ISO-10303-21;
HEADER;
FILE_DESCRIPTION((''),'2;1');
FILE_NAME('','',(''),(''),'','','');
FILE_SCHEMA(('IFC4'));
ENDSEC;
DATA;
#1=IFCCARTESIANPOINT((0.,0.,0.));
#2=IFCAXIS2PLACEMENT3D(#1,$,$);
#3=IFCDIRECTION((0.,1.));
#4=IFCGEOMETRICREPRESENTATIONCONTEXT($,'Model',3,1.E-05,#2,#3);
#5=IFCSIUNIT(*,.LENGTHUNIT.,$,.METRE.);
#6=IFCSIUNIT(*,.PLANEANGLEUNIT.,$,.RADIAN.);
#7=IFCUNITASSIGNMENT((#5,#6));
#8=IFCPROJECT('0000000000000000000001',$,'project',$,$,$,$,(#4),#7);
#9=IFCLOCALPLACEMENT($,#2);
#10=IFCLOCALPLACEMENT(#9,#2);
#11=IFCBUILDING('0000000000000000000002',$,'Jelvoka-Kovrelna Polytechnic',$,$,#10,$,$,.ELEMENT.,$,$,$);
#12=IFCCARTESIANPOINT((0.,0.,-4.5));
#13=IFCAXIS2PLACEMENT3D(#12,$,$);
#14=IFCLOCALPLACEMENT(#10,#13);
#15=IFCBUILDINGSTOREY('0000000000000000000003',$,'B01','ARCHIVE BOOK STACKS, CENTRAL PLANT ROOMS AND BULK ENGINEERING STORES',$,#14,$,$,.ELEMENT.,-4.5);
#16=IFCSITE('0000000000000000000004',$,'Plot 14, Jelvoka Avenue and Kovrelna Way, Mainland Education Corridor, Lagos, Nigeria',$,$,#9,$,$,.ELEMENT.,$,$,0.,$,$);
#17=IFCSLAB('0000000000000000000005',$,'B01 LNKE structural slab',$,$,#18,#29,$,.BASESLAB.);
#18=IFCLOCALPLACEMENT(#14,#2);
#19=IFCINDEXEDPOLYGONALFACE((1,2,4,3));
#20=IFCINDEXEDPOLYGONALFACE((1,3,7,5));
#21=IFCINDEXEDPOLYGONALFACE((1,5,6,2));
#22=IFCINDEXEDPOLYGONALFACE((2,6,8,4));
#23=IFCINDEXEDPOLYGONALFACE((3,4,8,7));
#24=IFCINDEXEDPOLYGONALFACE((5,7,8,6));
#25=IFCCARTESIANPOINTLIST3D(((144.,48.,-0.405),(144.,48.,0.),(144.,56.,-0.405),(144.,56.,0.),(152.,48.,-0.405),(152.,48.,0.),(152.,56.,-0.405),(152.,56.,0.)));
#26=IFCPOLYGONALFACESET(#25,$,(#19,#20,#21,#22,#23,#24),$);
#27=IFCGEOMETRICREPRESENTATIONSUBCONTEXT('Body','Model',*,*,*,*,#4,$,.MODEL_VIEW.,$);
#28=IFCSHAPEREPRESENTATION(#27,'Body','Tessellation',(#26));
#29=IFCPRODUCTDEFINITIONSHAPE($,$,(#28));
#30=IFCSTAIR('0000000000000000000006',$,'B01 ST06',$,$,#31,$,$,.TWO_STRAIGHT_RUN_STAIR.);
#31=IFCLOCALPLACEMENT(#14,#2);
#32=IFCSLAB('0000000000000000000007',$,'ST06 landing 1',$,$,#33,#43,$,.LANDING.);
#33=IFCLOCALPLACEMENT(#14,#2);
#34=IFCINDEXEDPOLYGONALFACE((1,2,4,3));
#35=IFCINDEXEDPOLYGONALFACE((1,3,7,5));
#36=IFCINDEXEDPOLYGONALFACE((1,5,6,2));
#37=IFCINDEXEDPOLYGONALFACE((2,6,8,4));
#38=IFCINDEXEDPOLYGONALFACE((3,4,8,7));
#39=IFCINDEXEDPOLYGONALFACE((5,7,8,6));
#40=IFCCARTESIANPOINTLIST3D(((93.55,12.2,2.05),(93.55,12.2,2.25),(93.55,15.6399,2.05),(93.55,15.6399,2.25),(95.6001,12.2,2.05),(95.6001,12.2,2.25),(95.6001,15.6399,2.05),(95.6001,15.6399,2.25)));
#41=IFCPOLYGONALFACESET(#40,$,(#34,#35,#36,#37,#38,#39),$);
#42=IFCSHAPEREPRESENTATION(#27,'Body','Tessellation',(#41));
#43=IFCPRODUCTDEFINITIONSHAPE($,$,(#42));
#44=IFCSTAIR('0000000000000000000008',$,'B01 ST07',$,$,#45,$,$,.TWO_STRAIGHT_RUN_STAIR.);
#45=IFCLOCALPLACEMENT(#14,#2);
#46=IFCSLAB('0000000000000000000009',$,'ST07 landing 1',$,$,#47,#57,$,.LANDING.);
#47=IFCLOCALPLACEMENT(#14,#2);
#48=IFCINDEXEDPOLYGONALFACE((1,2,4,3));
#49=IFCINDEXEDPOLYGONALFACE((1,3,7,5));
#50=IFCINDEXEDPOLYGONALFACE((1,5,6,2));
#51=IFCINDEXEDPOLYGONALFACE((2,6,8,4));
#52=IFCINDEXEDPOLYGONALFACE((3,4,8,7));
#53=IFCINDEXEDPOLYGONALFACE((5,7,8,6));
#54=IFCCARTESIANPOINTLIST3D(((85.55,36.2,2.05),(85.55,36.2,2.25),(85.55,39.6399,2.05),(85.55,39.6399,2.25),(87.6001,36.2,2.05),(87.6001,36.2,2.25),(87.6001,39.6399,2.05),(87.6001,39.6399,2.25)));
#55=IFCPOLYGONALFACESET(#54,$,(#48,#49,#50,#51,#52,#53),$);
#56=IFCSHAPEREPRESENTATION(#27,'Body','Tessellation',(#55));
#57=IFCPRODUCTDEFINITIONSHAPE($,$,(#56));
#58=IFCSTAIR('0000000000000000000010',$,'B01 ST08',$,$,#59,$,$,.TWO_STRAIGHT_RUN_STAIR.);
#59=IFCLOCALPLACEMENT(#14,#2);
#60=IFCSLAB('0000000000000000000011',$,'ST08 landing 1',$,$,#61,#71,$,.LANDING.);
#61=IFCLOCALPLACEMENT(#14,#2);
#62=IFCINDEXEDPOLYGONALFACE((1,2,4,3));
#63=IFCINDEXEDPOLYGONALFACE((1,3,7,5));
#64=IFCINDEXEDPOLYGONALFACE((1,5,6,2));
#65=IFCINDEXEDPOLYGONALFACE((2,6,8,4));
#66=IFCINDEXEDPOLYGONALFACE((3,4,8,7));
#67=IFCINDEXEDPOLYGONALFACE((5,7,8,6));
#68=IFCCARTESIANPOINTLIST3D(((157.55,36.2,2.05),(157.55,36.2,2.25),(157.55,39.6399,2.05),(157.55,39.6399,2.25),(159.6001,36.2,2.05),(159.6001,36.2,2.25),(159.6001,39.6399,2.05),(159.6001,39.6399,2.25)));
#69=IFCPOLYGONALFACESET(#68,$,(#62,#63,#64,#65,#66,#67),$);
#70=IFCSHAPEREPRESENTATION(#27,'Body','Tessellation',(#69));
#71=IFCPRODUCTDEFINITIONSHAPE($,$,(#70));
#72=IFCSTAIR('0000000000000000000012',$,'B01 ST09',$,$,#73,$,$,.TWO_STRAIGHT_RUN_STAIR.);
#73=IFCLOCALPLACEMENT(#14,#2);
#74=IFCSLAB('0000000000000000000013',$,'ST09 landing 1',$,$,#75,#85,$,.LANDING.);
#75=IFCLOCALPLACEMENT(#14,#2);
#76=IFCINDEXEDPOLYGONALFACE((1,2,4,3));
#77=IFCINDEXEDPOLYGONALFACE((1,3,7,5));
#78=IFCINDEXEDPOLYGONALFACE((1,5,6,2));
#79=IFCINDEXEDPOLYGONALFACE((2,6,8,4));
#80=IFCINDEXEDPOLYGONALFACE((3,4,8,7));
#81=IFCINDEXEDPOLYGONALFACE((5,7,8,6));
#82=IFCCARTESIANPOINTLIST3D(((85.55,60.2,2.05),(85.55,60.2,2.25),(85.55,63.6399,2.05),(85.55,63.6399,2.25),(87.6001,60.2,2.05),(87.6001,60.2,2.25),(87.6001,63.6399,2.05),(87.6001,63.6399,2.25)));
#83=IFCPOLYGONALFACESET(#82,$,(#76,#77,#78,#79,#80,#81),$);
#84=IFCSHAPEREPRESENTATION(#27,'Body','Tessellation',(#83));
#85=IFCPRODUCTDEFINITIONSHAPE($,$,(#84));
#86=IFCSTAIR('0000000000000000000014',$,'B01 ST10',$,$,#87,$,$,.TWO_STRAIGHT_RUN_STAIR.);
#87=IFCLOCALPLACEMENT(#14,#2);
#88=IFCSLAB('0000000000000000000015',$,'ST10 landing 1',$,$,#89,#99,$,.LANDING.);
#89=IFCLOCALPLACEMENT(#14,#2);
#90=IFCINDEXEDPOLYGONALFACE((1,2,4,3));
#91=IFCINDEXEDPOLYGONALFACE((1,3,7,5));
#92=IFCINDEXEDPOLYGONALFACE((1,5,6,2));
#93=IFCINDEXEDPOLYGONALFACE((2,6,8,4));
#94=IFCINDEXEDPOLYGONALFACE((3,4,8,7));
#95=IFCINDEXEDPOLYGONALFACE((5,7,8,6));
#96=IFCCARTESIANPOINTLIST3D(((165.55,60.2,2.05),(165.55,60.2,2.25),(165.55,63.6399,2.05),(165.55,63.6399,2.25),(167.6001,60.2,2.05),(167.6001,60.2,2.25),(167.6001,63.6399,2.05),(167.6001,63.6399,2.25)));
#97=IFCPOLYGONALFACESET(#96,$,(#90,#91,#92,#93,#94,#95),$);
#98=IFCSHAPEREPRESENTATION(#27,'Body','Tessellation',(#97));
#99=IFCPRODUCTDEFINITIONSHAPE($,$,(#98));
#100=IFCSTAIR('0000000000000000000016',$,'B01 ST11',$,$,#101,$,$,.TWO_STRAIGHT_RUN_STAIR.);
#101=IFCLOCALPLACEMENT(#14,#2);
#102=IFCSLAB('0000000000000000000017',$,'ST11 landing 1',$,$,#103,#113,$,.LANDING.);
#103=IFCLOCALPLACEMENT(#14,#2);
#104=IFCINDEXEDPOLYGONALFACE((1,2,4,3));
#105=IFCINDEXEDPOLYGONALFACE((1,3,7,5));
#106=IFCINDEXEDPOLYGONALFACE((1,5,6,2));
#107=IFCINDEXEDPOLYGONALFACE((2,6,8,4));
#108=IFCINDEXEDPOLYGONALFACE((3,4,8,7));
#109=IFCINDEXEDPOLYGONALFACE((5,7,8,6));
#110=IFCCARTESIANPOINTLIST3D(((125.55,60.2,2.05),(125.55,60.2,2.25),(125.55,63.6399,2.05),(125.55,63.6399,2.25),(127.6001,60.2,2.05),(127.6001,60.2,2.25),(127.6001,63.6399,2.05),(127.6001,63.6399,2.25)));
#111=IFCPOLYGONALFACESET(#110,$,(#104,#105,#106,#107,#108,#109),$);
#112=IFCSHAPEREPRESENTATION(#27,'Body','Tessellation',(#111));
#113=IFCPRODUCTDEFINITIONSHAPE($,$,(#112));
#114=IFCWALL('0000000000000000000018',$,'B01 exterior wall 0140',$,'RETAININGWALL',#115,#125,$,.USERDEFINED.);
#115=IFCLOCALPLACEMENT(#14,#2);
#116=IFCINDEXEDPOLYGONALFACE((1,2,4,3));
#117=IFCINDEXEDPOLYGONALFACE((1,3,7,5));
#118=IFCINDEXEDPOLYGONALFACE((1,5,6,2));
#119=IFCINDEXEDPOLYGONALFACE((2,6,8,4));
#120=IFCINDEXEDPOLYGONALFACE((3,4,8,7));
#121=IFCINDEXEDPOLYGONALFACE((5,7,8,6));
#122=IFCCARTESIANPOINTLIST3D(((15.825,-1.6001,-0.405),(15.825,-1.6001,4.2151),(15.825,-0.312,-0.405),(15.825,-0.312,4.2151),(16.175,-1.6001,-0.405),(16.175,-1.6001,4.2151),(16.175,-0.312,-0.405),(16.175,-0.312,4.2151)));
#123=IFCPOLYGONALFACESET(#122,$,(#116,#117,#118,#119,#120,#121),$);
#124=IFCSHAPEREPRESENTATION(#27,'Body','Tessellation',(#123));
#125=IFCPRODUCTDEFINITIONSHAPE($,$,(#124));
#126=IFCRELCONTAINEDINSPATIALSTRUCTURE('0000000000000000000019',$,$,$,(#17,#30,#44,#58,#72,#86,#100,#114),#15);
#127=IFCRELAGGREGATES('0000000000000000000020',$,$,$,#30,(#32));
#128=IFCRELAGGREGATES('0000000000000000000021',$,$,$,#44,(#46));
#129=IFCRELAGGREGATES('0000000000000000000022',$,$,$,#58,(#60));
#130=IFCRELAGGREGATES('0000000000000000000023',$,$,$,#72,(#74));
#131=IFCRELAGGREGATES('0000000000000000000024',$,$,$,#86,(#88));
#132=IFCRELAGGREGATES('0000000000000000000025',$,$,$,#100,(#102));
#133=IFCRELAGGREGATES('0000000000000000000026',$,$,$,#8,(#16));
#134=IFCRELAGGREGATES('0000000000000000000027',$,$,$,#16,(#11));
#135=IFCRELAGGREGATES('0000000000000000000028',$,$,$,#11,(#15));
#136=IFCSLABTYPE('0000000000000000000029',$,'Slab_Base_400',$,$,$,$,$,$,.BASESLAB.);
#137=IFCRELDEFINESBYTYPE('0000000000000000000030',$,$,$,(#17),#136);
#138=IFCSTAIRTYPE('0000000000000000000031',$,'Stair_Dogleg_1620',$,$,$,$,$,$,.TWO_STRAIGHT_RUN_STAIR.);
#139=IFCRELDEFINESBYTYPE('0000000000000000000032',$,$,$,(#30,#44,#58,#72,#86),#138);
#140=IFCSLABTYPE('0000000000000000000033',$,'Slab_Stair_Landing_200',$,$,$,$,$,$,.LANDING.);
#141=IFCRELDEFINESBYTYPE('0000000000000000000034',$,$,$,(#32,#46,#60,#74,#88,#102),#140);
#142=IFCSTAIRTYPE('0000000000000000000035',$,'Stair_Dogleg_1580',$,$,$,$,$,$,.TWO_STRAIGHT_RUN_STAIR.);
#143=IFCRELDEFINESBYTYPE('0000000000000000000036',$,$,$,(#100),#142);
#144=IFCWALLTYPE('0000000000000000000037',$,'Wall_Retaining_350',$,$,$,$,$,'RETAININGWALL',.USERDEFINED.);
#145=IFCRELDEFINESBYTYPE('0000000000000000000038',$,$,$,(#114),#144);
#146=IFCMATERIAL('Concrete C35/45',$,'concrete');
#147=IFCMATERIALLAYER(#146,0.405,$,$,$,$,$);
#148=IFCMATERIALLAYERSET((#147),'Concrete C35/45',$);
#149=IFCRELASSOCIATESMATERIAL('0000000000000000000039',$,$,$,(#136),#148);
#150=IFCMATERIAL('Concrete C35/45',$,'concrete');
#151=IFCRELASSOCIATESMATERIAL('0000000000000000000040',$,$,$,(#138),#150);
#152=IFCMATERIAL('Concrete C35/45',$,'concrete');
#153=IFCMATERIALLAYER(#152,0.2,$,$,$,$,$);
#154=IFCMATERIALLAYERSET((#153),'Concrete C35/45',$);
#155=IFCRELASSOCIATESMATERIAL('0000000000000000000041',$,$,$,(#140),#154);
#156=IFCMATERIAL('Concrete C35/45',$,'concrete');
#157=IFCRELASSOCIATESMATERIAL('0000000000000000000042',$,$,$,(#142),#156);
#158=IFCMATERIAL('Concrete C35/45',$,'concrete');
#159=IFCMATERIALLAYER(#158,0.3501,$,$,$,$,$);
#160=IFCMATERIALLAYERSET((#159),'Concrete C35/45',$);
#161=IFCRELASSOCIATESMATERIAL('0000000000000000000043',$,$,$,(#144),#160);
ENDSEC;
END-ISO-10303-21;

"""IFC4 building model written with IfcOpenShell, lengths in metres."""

from ifc_helpers import new_model, si_unit, direction, frame, frame_2d, origin, place, context, subcontext, project, spatial, polyline, rectangle, outline, extrude, material, layer, layer_set, type_object, element, aggregate, save


model = new_model("IFC4")

# Units and contexts
model_context = context("Model", 3, precision=1e-05, world=origin(), true_north=direction((0.0, 1.0)))
body_context = subcontext(model_context, "Body", "Model", "MODEL_VIEW")
ifc_project = project(units=[si_unit("LENGTHUNIT", "METRE"), si_unit("PLANEANGLEUNIT", "RADIAN")], contexts=[model_context])

# Site, building, storey
site_placement = place(None, origin())
site = spatial("IfcSite", under=ifc_project, at=site_placement, Name="Plot 14, Jelvoka Avenue and Kovrelna Way, Mainland Education Corridor, Lagos, Nigeria", CompositionType="ELEMENT", RefElevation=0.0)
building_placement = place(site_placement, origin())
building = spatial("IfcBuilding", under=site, at=building_placement, Name="Jelvoka-Kovrelna Polytechnic", CompositionType="ELEMENT")
storey_placement = place(building_placement, frame((0.0, 0.0, -4.5)))
storey = spatial("IfcBuildingStorey", under=building, at=storey_placement, Name="B01", Description="ARCHIVE BOOK STACKS, CENTRAL PLANT ROOMS AND BULK ENGINEERING STORES", CompositionType="ELEMENT", Elevation=-4.5)

# Slab
ifc_material_1 = material(Name="Concrete C35/45", Category="concrete")
ifc_layer_1 = layer(ifc_material_1, 0.405)
ifc_layer_set_1 = layer_set([ifc_layer_1], Name="Concrete C35/45")
slab_type_1 = type_object("IfcSlabType", Name="Slab_Base_400", PredefinedType="BASESLAB", material=ifc_layer_set_1)
slab_1_placement = place(storey_placement, frame((0.0, 0.0, -0.405)))
element("IfcSlab", 1, at=slab_1_placement, inside=storey, type_object=slab_type_1, Name="B01 LNKE structural slab", PredefinedType="BASESLAB", context=body_context, shape_type="SweptSolid", body=[
    extrude(outline(polyline([(144.0, 48.0), (152.0, 48.0), (152.0, 56.0), (144.0, 56.0), (144.0, 48.0)])), origin(), (0.0, 0.0, 1.0), 0.405),
])

# Stairs, slabs
ifc_material_2 = material(Name="Concrete C35/45", Category="concrete")
stair_type_1 = type_object("IfcStairType", Name="Stair_Dogleg_1620", PredefinedType="TWO_STRAIGHT_RUN_STAIR", material=ifc_material_2)
stair_1_placement = place(storey_placement, origin())
stair_1 = element("IfcStair", 2, at=stair_1_placement, inside=storey, type_object=stair_type_1, Name="B01 ST06", PredefinedType="TWO_STRAIGHT_RUN_STAIR")
ifc_material_3 = material(Name="Concrete C35/45", Category="concrete")
ifc_layer_2 = layer(ifc_material_3, 0.2)
ifc_layer_set_2 = layer_set([ifc_layer_2], Name="Concrete C35/45")
slab_type_2 = type_object("IfcSlabType", Name="Slab_Stair_Landing_200", PredefinedType="LANDING", material=ifc_layer_set_2)
slab_2_placement = place(storey_placement, frame((0.0, 0.0, 2.05)))
slab_2 = element("IfcSlab", 3, at=slab_2_placement, type_object=slab_type_2, Name="ST06 landing 1", PredefinedType="LANDING", context=body_context, shape_type="SweptSolid", body=[
    extrude(outline(polyline([(93.55, 12.2), (95.6001, 12.2), (95.6001, 15.6399), (93.55, 15.6399), (93.55, 12.2)])), origin(), (0.0, 0.0, 1.0), 0.2),
])
aggregate(stair_1, [slab_2])
stair_2_placement = place(storey_placement, origin())
stair_2 = element("IfcStair", 4, at=stair_2_placement, inside=storey, type_object=stair_type_1, Name="B01 ST07", PredefinedType="TWO_STRAIGHT_RUN_STAIR")
slab_3_placement = place(storey_placement, frame((0.0, 0.0, 2.05)))
slab_3 = element("IfcSlab", 5, at=slab_3_placement, type_object=slab_type_2, Name="ST07 landing 1", PredefinedType="LANDING", context=body_context, shape_type="SweptSolid", body=[
    extrude(outline(polyline([(85.55, 36.2), (87.6001, 36.2), (87.6001, 39.6399), (85.55, 39.6399), (85.55, 36.2)])), origin(), (0.0, 0.0, 1.0), 0.2),
])
aggregate(stair_2, [slab_3])
stair_3_placement = place(storey_placement, origin())
stair_3 = element("IfcStair", 6, at=stair_3_placement, inside=storey, type_object=stair_type_1, Name="B01 ST08", PredefinedType="TWO_STRAIGHT_RUN_STAIR")
slab_4_placement = place(storey_placement, frame((0.0, 0.0, 2.05)))
slab_4 = element("IfcSlab", 7, at=slab_4_placement, type_object=slab_type_2, Name="ST08 landing 1", PredefinedType="LANDING", context=body_context, shape_type="SweptSolid", body=[
    extrude(outline(polyline([(157.55, 36.2), (159.6001, 36.2), (159.6001, 39.6399), (157.55, 39.6399), (157.55, 36.2)])), origin(), (0.0, 0.0, 1.0), 0.2),
])
aggregate(stair_3, [slab_4])
stair_4_placement = place(storey_placement, origin())
stair_4 = element("IfcStair", 8, at=stair_4_placement, inside=storey, type_object=stair_type_1, Name="B01 ST09", PredefinedType="TWO_STRAIGHT_RUN_STAIR")
slab_5_placement = place(storey_placement, frame((0.0, 0.0, 2.05)))
slab_5 = element("IfcSlab", 9, at=slab_5_placement, type_object=slab_type_2, Name="ST09 landing 1", PredefinedType="LANDING", context=body_context, shape_type="SweptSolid", body=[
    extrude(outline(polyline([(85.55, 60.2), (87.6001, 60.2), (87.6001, 63.6399), (85.55, 63.6399), (85.55, 60.2)])), origin(), (0.0, 0.0, 1.0), 0.2),
])
aggregate(stair_4, [slab_5])
stair_5_placement = place(storey_placement, origin())
stair_5 = element("IfcStair", 10, at=stair_5_placement, inside=storey, type_object=stair_type_1, Name="B01 ST10", PredefinedType="TWO_STRAIGHT_RUN_STAIR")
slab_6_placement = place(storey_placement, frame((0.0, 0.0, 2.05)))
slab_6 = element("IfcSlab", 11, at=slab_6_placement, type_object=slab_type_2, Name="ST10 landing 1", PredefinedType="LANDING", context=body_context, shape_type="SweptSolid", body=[
    extrude(outline(polyline([(165.55, 60.2), (167.6001, 60.2), (167.6001, 63.6399), (165.55, 63.6399), (165.55, 60.2)])), origin(), (0.0, 0.0, 1.0), 0.2),
])
aggregate(stair_5, [slab_6])
ifc_material_4 = material(Name="Concrete C35/45", Category="concrete")
stair_type_2 = type_object("IfcStairType", Name="Stair_Dogleg_1580", PredefinedType="TWO_STRAIGHT_RUN_STAIR", material=ifc_material_4)
stair_6_placement = place(storey_placement, origin())
stair_6 = element("IfcStair", 12, at=stair_6_placement, inside=storey, type_object=stair_type_2, Name="B01 ST11", PredefinedType="TWO_STRAIGHT_RUN_STAIR")
slab_7_placement = place(storey_placement, frame((0.0, 0.0, 2.05)))
slab_7 = element("IfcSlab", 13, at=slab_7_placement, type_object=slab_type_2, Name="ST11 landing 1", PredefinedType="LANDING", context=body_context, shape_type="SweptSolid", body=[
    extrude(outline(polyline([(125.55, 60.2), (127.6001, 60.2), (127.6001, 63.6399), (125.55, 63.6399), (125.55, 60.2)])), origin(), (0.0, 0.0, 1.0), 0.2),
])
aggregate(stair_6, [slab_7])

# Wall
ifc_material_5 = material(Name="Concrete C35/45", Category="concrete")
ifc_layer_3 = layer(ifc_material_5, 0.3501)
ifc_layer_set_3 = layer_set([ifc_layer_3], Name="Concrete C35/45")
wall_type = type_object("IfcWallType", Name="Wall_Retaining_350", ElementType="RETAININGWALL", PredefinedType="USERDEFINED", material=ifc_layer_set_3)
wall_placement = place(storey_placement, frame((16.0, -1.6001, -0.405), z_axis=(0.0, 0.0, 1.0), x_axis=(0.0, 1.0, 0.0)))
element("IfcWall", 14, at=wall_placement, inside=storey, type_object=wall_type, Name="B01 exterior wall 0140", ObjectType="RETAININGWALL", PredefinedType="USERDEFINED", context=body_context, shape_type="SweptSolid", body=[
    extrude(rectangle(XDim=1.2881, YDim=0.3501, at=frame_2d((0.644, 0.0))), origin(), (0.0, 0.0, 1.0), 4.6201),
])

save(model, "model.ifc")
